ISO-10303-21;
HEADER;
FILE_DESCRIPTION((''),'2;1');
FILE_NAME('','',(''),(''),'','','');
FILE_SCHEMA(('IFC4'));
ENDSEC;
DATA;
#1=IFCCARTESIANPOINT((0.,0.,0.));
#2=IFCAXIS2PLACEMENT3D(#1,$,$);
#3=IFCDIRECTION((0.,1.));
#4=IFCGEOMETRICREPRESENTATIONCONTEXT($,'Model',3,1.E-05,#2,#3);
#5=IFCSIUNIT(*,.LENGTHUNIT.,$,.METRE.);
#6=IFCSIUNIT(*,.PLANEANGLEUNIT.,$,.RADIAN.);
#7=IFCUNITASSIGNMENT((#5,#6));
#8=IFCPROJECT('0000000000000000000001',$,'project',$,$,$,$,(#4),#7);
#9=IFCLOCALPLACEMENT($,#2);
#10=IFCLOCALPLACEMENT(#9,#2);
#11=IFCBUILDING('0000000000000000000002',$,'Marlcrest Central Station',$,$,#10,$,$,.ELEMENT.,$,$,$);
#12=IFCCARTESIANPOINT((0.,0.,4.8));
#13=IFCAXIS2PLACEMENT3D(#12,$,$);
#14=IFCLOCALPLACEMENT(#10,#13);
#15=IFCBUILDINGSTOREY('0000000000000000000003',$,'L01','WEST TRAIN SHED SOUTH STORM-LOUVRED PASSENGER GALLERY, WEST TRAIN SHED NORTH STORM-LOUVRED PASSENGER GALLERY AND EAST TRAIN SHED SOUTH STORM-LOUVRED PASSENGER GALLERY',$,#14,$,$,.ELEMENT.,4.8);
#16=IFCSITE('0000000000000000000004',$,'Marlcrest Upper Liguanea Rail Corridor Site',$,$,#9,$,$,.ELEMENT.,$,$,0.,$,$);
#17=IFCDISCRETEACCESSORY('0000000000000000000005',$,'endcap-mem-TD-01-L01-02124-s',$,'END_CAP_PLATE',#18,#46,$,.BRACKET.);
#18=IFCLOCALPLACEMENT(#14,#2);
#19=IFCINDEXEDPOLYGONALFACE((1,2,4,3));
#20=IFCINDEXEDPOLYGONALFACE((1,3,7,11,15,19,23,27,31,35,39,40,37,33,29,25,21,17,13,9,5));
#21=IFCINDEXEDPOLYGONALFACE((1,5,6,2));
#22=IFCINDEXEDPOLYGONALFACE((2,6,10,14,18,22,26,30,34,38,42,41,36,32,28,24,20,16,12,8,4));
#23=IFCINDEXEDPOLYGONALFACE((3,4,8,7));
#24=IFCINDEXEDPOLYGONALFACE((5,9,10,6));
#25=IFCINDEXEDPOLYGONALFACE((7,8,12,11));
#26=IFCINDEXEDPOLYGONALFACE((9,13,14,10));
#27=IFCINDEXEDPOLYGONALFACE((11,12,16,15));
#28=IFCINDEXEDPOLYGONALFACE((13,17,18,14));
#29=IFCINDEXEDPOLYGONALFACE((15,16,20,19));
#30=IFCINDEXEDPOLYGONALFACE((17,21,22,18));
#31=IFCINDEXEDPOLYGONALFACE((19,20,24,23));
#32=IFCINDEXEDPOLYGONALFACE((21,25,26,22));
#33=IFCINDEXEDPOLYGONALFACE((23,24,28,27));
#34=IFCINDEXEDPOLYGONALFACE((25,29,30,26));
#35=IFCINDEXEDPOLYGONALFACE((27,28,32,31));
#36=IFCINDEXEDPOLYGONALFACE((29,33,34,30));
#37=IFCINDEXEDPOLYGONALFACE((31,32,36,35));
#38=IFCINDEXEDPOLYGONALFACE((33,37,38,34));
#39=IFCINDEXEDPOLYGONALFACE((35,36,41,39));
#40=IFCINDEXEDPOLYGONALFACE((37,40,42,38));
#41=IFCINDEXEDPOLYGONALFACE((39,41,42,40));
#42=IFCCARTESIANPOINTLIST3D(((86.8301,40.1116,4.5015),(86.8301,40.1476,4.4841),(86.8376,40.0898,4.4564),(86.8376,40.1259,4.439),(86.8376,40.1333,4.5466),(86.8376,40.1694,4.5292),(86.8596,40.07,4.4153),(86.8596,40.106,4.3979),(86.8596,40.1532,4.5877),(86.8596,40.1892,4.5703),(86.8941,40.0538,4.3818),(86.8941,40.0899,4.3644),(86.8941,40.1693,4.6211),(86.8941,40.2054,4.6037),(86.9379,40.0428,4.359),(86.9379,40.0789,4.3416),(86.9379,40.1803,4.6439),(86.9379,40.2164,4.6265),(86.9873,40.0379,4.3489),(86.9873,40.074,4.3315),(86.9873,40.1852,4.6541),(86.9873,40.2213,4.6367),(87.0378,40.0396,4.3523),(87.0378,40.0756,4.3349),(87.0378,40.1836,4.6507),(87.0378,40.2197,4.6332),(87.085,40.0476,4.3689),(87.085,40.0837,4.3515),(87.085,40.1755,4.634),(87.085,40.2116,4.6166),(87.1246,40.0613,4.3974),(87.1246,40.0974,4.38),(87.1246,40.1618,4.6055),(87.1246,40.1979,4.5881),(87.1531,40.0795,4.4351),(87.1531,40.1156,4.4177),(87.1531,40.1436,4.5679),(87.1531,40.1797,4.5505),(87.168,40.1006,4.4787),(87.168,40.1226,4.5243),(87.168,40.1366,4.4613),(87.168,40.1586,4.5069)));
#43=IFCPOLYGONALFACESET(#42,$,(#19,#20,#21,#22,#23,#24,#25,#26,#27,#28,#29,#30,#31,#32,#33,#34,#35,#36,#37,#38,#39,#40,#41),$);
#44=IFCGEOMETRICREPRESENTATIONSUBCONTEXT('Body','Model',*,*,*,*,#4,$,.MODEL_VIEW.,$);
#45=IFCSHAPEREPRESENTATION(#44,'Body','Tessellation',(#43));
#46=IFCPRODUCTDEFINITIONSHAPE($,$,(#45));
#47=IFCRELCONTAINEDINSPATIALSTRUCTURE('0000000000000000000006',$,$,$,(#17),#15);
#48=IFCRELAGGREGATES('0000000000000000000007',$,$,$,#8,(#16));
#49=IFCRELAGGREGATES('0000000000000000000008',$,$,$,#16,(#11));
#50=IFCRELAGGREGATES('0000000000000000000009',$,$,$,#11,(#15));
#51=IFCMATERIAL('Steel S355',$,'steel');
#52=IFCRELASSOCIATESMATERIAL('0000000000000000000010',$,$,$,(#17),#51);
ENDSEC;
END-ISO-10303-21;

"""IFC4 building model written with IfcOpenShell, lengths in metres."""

from ifc_helpers import new_model, si_unit, direction, frame, origin, origin_2d, place, context, subcontext, project, spatial, circle, extrude, material, element, save


model = new_model("IFC4")

# Units and contexts
model_context = context("Model", 3, precision=1e-05, world=origin(), true_north=direction((0.0, 1.0)))
body_context = subcontext(model_context, "Body", "Model", "MODEL_VIEW")
ifc_project = project(units=[si_unit("LENGTHUNIT", "METRE"), si_unit("PLANEANGLEUNIT", "RADIAN")], contexts=[model_context])

# Site, building, storey
site_placement = place(None, origin())
site = spatial("IfcSite", under=ifc_project, at=site_placement, Name="Marlcrest Upper Liguanea Rail Corridor Site", CompositionType="ELEMENT", RefElevation=0.0)
building_placement = place(site_placement, origin())
building = spatial("IfcBuilding", under=site, at=building_placement, Name="Marlcrest Central Station", CompositionType="ELEMENT")
storey_placement = place(building_placement, frame((0.0, 0.0, 4.8)))
storey = spatial("IfcBuildingStorey", under=building, at=storey_placement, Name="L01", Description="WEST TRAIN SHED SOUTH STORM-LOUVRED PASSENGER GALLERY, WEST TRAIN SHED NORTH STORM-LOUVRED PASSENGER GALLERY AND EAST TRAIN SHED SOUTH STORM-LOUVRED PASSENGER GALLERY", CompositionType="ELEMENT", Elevation=4.8)

# Shared definitions
ifc_material_1 = material(Name="Steel S355", Category="steel")

# Discrete accessory
for number, where, z_axis, x_axis, name in (
    (1, (87.0, 40.1116, 4.5015), (0.0, 0.900552, -0.434749), (-1.0, 0.0, 0.0), "endcap-mem-TD-01-L01-02124-s"),
):
    element("IfcDiscreteAccessory", number, at=place(storey_placement, frame(where, z_axis=z_axis, x_axis=x_axis)), inside=storey, material=ifc_material_1, Name=name, ObjectType="END_CAP_PLATE", PredefinedType="BRACKET", context=body_context, shape_type="SweptSolid", body=[
        extrude(circle(Radius=0.1699, at=origin_2d()), origin(), (0.0, 0.0, 1.0), 0.04),
    ])

save(model, "model.ifc")
